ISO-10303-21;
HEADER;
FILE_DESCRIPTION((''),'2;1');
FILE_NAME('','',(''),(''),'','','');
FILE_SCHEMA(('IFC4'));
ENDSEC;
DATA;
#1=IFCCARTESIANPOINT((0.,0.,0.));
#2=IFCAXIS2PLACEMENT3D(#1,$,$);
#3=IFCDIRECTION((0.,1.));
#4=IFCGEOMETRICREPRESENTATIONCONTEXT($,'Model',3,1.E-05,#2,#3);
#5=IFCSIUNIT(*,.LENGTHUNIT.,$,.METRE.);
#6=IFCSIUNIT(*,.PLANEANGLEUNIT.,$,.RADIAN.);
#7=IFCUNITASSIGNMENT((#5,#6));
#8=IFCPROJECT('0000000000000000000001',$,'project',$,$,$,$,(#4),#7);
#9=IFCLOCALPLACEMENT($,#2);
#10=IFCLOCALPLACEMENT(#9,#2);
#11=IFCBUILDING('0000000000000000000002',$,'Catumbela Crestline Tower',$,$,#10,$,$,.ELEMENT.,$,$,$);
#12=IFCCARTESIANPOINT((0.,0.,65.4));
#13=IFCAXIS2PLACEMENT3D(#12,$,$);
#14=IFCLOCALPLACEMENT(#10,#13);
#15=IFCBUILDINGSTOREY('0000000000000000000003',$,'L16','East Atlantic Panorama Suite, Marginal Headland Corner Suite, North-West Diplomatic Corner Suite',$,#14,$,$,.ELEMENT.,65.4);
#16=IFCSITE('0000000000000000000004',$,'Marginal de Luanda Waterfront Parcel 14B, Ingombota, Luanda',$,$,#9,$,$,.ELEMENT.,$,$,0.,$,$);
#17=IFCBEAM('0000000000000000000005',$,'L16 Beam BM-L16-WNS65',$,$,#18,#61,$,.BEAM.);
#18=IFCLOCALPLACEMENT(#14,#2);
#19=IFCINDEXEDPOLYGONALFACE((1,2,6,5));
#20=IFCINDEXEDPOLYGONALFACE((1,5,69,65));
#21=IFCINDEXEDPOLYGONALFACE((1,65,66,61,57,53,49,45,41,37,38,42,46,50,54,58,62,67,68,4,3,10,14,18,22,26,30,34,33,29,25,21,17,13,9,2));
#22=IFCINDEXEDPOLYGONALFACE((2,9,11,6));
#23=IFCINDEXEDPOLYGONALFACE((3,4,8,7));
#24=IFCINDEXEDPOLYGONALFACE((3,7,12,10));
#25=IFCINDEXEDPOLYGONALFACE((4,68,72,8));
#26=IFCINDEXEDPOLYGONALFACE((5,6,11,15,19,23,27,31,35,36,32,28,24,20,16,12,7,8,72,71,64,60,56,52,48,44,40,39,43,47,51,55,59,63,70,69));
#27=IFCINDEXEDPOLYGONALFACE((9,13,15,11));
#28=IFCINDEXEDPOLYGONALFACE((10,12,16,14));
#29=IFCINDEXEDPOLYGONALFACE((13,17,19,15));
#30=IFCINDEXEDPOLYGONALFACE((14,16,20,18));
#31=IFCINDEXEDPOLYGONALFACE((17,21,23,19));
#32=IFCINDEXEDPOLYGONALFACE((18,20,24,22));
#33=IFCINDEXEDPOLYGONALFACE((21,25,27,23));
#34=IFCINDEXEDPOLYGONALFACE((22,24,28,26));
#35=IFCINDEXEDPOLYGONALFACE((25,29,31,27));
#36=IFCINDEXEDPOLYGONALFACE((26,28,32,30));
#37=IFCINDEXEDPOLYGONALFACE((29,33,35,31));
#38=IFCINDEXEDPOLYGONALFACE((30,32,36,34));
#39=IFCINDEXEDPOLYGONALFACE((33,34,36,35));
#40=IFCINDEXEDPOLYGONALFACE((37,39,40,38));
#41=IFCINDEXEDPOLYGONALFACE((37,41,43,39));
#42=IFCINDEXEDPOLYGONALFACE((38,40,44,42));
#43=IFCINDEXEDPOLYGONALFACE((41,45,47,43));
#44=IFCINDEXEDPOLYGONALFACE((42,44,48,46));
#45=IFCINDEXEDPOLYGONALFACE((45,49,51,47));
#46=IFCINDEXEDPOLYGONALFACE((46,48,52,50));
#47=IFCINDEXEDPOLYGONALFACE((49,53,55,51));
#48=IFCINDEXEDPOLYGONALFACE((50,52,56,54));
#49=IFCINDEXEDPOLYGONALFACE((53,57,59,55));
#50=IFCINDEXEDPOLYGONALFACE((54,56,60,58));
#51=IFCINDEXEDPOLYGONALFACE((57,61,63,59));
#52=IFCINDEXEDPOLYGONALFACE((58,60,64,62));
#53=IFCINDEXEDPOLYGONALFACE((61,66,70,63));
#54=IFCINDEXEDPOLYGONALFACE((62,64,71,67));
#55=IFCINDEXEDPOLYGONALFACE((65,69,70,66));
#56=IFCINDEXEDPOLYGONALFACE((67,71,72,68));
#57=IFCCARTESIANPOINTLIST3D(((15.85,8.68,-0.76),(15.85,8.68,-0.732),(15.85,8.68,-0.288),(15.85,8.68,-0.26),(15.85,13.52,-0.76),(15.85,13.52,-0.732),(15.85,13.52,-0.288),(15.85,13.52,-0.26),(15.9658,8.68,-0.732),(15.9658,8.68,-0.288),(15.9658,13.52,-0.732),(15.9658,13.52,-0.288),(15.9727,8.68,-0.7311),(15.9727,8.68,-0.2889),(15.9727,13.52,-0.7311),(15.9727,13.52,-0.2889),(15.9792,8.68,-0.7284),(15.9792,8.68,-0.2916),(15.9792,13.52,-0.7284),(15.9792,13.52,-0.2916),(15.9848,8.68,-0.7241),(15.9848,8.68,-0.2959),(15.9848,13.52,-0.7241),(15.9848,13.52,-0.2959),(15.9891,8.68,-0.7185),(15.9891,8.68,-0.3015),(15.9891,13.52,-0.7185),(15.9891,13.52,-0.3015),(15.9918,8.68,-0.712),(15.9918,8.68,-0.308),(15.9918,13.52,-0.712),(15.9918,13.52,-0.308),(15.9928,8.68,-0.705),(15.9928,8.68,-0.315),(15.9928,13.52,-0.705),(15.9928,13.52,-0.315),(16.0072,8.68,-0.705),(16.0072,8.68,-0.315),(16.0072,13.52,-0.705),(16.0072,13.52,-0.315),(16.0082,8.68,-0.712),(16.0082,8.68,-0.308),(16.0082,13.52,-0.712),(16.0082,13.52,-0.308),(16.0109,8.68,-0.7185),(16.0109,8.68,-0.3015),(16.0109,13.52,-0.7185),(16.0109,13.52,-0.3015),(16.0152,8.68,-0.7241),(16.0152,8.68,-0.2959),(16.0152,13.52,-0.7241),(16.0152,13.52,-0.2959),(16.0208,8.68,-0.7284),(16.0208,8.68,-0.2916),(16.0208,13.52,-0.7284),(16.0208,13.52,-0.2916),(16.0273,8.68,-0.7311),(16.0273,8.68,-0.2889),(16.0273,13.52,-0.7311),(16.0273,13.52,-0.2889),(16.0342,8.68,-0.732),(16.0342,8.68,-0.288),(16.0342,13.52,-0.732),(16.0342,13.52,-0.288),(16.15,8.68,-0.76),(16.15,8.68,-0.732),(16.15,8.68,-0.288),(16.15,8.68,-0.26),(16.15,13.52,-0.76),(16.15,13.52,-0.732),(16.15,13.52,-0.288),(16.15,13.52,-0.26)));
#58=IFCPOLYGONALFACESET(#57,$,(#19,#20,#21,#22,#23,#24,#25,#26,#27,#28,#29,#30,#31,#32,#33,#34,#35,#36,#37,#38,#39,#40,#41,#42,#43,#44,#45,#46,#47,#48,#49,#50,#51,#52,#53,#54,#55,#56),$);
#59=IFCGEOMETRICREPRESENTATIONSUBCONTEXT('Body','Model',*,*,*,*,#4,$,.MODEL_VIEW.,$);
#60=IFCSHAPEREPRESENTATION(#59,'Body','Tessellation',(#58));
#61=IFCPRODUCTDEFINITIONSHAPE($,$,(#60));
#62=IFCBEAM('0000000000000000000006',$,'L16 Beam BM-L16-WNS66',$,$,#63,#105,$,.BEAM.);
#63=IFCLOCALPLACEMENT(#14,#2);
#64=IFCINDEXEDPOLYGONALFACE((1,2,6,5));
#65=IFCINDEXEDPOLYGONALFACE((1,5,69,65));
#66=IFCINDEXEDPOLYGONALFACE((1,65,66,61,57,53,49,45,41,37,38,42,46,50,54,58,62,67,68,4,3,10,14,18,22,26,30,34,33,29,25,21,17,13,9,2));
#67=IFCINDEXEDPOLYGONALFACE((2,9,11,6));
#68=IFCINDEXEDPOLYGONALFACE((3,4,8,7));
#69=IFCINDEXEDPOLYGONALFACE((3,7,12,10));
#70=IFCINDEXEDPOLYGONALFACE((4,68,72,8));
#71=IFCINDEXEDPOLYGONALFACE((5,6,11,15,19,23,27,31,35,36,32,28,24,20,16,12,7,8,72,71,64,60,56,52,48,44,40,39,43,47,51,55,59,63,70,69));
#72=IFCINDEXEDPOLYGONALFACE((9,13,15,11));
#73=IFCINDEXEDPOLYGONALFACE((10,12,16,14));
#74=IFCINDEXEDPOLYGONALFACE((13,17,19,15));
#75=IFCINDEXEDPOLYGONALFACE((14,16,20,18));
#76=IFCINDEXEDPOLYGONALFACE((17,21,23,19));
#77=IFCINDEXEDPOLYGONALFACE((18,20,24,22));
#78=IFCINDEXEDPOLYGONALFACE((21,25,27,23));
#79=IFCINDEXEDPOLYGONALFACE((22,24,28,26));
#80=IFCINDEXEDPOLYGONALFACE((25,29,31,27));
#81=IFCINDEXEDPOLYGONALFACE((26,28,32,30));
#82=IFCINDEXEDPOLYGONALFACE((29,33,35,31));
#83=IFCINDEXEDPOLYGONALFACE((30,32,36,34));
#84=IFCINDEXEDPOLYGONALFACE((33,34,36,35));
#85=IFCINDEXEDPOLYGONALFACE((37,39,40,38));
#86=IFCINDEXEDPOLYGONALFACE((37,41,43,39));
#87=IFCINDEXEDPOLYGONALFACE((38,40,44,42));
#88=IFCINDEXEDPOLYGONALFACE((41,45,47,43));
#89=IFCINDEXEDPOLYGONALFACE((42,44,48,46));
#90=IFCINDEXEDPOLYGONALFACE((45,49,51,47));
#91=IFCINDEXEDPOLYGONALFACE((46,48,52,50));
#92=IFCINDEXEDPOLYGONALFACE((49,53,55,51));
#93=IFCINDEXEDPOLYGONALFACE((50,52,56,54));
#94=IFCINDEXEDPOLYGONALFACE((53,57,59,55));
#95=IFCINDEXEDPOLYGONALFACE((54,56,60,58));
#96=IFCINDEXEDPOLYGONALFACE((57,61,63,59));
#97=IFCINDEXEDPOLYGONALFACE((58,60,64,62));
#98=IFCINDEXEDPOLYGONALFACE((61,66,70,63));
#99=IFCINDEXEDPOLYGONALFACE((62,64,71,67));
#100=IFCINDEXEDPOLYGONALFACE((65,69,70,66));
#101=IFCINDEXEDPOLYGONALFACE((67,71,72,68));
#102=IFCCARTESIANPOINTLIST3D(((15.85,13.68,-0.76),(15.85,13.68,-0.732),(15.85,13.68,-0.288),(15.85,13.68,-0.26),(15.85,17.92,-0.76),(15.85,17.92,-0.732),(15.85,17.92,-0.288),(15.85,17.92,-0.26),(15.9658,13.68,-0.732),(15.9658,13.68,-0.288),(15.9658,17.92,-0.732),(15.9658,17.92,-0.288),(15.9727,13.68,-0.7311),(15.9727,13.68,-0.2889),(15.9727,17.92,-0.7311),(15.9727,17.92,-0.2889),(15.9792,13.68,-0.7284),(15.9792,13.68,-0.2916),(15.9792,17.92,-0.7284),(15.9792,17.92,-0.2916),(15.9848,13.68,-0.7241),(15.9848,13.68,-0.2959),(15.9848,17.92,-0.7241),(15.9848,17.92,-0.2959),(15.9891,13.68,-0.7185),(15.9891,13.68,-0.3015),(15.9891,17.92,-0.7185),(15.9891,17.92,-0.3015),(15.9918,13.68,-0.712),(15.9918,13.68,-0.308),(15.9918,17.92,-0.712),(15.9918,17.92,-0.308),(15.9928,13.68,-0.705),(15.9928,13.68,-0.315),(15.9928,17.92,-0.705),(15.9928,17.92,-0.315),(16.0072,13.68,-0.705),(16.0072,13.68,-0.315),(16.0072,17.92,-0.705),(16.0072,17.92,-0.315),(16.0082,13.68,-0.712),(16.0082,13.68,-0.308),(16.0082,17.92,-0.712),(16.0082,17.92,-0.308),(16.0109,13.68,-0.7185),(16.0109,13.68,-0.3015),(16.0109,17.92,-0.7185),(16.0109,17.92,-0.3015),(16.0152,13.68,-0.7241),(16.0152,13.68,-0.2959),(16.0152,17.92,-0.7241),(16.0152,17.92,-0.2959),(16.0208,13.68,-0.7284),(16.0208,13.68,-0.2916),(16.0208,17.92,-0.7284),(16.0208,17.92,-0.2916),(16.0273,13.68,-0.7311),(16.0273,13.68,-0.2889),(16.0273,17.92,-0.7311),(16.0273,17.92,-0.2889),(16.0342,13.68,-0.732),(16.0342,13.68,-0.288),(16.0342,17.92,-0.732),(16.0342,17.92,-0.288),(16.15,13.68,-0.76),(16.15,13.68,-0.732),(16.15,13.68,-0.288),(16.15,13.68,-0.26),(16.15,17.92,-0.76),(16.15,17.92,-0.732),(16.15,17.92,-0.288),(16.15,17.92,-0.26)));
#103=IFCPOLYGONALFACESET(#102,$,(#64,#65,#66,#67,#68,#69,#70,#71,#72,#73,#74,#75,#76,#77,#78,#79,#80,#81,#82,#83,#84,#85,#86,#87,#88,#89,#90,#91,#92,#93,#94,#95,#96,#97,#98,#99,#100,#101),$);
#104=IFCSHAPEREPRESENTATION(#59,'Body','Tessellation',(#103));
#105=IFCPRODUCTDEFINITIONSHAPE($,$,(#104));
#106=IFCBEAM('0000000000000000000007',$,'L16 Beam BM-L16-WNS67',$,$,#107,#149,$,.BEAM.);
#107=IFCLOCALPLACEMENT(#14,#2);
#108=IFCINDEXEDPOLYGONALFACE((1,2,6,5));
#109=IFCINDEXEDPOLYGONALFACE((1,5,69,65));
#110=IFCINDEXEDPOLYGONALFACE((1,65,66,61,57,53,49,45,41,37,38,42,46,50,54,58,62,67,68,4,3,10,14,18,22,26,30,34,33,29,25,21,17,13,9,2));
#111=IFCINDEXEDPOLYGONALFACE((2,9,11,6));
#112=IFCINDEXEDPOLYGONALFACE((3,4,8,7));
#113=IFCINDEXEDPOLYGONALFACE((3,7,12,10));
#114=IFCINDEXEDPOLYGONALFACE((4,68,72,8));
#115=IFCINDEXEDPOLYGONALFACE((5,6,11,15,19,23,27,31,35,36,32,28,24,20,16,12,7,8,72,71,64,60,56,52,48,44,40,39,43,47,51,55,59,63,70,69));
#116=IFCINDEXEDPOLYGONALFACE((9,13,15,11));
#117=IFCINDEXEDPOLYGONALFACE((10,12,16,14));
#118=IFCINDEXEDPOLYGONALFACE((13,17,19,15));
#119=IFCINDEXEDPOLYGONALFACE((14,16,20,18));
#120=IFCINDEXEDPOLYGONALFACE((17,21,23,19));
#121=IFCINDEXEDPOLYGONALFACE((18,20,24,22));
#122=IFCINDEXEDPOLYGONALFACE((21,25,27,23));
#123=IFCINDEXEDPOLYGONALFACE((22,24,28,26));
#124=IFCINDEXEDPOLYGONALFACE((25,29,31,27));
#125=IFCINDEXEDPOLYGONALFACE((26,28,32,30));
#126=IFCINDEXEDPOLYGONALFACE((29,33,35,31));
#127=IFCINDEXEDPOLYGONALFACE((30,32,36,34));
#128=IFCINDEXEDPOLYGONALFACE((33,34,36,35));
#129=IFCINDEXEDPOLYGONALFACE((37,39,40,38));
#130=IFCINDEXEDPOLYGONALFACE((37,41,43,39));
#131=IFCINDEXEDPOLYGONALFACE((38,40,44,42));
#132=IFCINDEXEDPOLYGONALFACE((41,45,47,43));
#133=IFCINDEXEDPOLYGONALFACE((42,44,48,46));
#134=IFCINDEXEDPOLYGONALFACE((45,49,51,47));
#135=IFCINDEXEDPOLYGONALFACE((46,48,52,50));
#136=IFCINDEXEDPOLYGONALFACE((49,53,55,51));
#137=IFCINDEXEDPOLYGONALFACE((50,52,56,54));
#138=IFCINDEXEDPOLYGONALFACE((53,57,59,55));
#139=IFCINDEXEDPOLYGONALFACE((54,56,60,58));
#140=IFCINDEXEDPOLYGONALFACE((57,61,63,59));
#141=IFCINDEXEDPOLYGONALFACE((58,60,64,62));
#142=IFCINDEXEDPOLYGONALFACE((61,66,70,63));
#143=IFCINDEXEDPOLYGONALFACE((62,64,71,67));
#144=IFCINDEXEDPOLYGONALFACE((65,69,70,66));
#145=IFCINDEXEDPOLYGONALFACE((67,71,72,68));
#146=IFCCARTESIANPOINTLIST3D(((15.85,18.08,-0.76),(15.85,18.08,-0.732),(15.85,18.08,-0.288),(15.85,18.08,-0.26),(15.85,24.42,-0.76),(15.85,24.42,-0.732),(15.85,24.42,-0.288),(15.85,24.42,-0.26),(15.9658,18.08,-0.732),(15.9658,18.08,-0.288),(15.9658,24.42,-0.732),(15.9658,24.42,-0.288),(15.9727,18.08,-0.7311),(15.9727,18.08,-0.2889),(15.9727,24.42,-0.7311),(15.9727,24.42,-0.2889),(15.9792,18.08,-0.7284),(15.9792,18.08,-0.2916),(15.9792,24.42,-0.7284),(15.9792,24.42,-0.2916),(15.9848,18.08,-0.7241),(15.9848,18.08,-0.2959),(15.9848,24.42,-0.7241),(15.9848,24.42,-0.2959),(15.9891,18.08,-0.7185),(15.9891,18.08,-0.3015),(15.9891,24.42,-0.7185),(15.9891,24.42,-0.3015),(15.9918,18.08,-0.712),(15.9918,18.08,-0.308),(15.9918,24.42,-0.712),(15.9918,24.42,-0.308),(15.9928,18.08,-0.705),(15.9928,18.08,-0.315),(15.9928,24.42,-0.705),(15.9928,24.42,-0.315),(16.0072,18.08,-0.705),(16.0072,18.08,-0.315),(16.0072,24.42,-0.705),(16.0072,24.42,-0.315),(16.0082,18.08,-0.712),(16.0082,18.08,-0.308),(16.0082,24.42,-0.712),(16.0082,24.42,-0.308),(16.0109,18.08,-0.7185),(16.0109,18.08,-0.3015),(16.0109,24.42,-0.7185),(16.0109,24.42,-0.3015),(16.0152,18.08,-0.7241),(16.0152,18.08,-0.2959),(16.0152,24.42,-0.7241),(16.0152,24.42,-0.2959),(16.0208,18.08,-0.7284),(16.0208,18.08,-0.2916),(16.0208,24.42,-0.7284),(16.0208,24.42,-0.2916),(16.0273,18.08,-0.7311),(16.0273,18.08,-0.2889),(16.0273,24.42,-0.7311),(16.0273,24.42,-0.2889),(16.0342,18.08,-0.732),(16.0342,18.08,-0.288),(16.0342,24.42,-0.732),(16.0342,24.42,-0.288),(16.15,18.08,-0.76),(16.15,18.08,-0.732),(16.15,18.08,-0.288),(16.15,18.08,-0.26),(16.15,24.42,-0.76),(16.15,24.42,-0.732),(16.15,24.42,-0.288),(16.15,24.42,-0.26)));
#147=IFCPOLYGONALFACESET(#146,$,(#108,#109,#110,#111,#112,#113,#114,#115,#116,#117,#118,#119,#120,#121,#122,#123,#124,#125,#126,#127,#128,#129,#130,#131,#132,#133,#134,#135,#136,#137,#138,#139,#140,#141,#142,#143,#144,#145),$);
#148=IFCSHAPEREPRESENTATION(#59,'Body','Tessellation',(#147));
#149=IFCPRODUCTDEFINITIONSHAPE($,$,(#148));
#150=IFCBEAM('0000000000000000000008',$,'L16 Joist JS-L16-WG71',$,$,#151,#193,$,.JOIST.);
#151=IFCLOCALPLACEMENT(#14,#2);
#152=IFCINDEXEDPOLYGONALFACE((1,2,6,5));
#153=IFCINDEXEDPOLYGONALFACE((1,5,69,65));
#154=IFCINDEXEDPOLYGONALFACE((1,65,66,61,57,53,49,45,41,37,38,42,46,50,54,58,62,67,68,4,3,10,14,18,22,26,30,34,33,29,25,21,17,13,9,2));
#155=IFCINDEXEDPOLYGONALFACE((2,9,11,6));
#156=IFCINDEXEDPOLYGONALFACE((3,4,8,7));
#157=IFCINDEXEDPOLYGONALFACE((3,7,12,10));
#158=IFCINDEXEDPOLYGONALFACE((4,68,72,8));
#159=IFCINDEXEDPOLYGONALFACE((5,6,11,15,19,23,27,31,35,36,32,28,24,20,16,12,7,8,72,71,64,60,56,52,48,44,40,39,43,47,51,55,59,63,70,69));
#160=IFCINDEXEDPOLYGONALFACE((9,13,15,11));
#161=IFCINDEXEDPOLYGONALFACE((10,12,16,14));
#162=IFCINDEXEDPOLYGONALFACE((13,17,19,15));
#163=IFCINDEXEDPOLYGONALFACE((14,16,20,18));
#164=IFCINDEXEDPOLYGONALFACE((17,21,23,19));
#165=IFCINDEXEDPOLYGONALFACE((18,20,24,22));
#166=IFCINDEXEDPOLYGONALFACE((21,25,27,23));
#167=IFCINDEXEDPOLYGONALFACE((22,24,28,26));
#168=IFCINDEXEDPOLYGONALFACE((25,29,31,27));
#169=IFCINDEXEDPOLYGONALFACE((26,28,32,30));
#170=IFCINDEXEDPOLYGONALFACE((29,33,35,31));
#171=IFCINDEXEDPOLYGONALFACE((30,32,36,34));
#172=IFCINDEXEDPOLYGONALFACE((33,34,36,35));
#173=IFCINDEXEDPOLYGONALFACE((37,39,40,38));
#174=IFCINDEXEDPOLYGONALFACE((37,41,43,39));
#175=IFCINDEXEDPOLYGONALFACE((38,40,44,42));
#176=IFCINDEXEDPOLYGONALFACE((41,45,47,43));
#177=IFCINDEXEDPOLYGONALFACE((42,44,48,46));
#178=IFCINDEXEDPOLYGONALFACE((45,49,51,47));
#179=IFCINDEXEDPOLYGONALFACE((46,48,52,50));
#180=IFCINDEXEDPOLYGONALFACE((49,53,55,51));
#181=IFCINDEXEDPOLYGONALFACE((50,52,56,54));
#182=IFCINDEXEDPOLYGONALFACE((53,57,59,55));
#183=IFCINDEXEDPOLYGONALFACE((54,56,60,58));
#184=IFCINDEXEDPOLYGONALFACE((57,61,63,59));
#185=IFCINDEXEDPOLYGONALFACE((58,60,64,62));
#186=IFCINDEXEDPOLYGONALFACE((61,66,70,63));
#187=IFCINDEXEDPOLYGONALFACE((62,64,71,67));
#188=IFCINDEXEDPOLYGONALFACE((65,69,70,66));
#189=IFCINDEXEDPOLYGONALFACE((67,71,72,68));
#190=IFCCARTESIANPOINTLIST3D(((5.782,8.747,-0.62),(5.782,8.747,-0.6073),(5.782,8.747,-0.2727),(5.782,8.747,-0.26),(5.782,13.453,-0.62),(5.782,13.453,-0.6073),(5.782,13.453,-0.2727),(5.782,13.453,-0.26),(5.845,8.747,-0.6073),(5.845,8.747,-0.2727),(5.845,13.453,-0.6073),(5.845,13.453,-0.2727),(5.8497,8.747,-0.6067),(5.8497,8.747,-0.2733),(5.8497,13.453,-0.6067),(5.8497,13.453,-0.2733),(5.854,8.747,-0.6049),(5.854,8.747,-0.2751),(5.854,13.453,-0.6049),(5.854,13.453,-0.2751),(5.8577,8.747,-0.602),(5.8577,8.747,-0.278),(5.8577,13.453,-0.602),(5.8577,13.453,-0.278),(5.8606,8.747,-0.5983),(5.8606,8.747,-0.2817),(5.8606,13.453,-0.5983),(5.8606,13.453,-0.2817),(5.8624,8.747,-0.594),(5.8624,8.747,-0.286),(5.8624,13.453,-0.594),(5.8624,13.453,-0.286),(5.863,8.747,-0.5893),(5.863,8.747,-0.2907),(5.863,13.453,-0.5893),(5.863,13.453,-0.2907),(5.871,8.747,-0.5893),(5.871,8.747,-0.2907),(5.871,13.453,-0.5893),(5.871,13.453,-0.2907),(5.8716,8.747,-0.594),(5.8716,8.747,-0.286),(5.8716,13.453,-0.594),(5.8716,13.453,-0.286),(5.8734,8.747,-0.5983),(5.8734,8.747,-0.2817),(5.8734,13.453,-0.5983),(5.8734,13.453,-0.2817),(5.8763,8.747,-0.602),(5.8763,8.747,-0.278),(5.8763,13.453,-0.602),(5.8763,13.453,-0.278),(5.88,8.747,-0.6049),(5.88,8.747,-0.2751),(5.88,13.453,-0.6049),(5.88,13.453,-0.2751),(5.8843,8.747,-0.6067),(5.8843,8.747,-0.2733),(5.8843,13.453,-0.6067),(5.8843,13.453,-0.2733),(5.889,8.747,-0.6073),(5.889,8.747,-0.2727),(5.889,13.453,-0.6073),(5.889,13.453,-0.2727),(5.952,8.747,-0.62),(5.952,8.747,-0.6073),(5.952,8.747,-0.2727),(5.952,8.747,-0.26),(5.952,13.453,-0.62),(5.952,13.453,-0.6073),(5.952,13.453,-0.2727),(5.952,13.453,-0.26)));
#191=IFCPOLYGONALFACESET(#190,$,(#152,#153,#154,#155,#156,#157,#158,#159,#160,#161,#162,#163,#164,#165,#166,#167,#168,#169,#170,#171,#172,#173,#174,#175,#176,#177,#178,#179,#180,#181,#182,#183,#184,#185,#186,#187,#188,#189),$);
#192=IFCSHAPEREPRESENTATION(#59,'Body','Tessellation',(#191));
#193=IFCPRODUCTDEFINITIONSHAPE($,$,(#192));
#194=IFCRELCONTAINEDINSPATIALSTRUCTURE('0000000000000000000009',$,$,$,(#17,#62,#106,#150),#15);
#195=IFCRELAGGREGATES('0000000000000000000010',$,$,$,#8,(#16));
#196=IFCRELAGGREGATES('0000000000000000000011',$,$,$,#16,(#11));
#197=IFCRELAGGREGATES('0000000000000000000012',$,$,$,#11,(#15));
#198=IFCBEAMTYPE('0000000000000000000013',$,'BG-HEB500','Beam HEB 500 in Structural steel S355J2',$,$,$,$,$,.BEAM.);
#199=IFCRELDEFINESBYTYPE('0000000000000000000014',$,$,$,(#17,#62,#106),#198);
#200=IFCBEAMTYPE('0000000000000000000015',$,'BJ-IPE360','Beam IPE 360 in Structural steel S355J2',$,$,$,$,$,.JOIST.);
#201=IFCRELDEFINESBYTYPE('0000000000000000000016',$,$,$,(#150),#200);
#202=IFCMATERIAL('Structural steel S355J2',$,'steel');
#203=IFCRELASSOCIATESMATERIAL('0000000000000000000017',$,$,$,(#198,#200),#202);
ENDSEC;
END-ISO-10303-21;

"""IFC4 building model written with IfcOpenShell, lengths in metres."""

from ifc_helpers import new_model, si_unit, direction, frame, origin, origin_2d, place, context, subcontext, project, spatial, i_section, extrude, material, material_profile, profile_set, type_object, element, save


model = new_model("IFC4")

# Units and contexts
model_context = context("Model", 3, precision=1e-05, world=origin(), true_north=direction((0.0, 1.0)))
body_context = subcontext(model_context, "Body", "Model", "MODEL_VIEW")
ifc_project = project(units=[si_unit("LENGTHUNIT", "METRE"), si_unit("PLANEANGLEUNIT", "RADIAN")], contexts=[model_context])

# Site, building, storey
site_placement = place(None, origin())
site = spatial("IfcSite", under=ifc_project, at=site_placement, Name="Marginal de Luanda Waterfront Parcel 14B, Ingombota, Luanda", CompositionType="ELEMENT", RefElevation=0.0)
building_placement = place(site_placement, origin())
building = spatial("IfcBuilding", under=site, at=building_placement, Name="Catumbela Crestline Tower", CompositionType="ELEMENT")
storey_placement = place(building_placement, frame((0.0, 0.0, 65.4)))
storey = spatial("IfcBuildingStorey", under=building, at=storey_placement, Name="L16", Description="East Atlantic Panorama Suite, Marginal Headland Corner Suite, North-West Diplomatic Corner Suite", CompositionType="ELEMENT", Elevation=65.4)

# Beams
ifc_material_1 = material(Name="Structural steel S355J2", Category="steel")
ifc_material_profile_1 = material_profile(ifc_material_1, i_section(OverallWidth=0.3, OverallDepth=0.5, WebThickness=0.0145, FlangeThickness=0.028, FilletRadius=0.027, at=origin_2d()), Name="HEB 500")
ifc_profile_set_1 = profile_set([ifc_material_profile_1], Name="Structural steel S355J2")
beam_type_1 = type_object("IfcBeamType", Name="BG-HEB500", Description="Beam HEB 500 in Structural steel S355J2", PredefinedType="BEAM", material=ifc_profile_set_1)
beam_1_placement = place(storey_placement, frame((16.0, 8.68, -0.51), z_axis=(0.0, 1.0, 0.0), x_axis=(-1.0, 0.0, 0.0)))
element("IfcBeam", 1, at=beam_1_placement, inside=storey, type_object=beam_type_1, Name="L16 Beam BM-L16-WNS65", PredefinedType="BEAM", context=body_context, shape_type="SweptSolid", body=[
    extrude(i_section(OverallWidth=0.3, OverallDepth=0.5, WebThickness=0.0145, FlangeThickness=0.028, FilletRadius=0.027, at=origin_2d()), origin(), (0.0, 0.0, 1.0), 4.84),
])
beam_2_placement = place(storey_placement, frame((16.0, 13.68, -0.51), z_axis=(0.0, 1.0, 0.0), x_axis=(-1.0, 0.0, 0.0)))
element("IfcBeam", 2, at=beam_2_placement, inside=storey, type_object=beam_type_1, Name="L16 Beam BM-L16-WNS66", PredefinedType="BEAM", context=body_context, shape_type="SweptSolid", body=[
    extrude(i_section(OverallWidth=0.3, OverallDepth=0.5, WebThickness=0.0145, FlangeThickness=0.028, FilletRadius=0.027, at=origin_2d()), origin(), (0.0, 0.0, 1.0), 4.24),
])
beam_3_placement = place(storey_placement, frame((16.0, 18.08, -0.51), z_axis=(0.0, 1.0, 0.0), x_axis=(-1.0, 0.0, 0.0)))
element("IfcBeam", 3, at=beam_3_placement, inside=storey, type_object=beam_type_1, Name="L16 Beam BM-L16-WNS67", PredefinedType="BEAM", context=body_context, shape_type="SweptSolid", body=[
    extrude(i_section(OverallWidth=0.3, OverallDepth=0.5, WebThickness=0.0145, FlangeThickness=0.028, FilletRadius=0.027, at=origin_2d()), origin(), (0.0, 0.0, 1.0), 6.34),
])
ifc_material_profile_2 = material_profile(ifc_material_1, i_section(OverallWidth=0.17, OverallDepth=0.36, WebThickness=0.008, FlangeThickness=0.0127, FilletRadius=0.018, at=origin_2d()), Name="IPE 360")
ifc_profile_set_2 = profile_set([ifc_material_profile_2], Name="Structural steel S355J2")
beam_type_2 = type_object("IfcBeamType", Name="BJ-IPE360", Description="Beam IPE 360 in Structural steel S355J2", PredefinedType="JOIST", material=ifc_profile_set_2)
for number, where, z_axis, x_axis, name in (
    (4, (5.867, 8.747, -0.44), (0.0, 1.0, 0.0), (-1.0, 0.0, 0.0), "L16 Joist JS-L16-WG71"),
):
    element("IfcBeam", number, at=place(storey_placement, frame(where, z_axis=z_axis, x_axis=x_axis)), inside=storey, type_object=beam_type_2, Name=name, PredefinedType="JOIST", context=body_context, shape_type="SweptSolid", body=[
        extrude(i_section(OverallWidth=0.17, OverallDepth=0.36, WebThickness=0.008, FlangeThickness=0.0127, FilletRadius=0.018, at=origin_2d()), origin(), (0.0, 0.0, 1.0), 4.706),
    ])

save(model, "model.ifc")
